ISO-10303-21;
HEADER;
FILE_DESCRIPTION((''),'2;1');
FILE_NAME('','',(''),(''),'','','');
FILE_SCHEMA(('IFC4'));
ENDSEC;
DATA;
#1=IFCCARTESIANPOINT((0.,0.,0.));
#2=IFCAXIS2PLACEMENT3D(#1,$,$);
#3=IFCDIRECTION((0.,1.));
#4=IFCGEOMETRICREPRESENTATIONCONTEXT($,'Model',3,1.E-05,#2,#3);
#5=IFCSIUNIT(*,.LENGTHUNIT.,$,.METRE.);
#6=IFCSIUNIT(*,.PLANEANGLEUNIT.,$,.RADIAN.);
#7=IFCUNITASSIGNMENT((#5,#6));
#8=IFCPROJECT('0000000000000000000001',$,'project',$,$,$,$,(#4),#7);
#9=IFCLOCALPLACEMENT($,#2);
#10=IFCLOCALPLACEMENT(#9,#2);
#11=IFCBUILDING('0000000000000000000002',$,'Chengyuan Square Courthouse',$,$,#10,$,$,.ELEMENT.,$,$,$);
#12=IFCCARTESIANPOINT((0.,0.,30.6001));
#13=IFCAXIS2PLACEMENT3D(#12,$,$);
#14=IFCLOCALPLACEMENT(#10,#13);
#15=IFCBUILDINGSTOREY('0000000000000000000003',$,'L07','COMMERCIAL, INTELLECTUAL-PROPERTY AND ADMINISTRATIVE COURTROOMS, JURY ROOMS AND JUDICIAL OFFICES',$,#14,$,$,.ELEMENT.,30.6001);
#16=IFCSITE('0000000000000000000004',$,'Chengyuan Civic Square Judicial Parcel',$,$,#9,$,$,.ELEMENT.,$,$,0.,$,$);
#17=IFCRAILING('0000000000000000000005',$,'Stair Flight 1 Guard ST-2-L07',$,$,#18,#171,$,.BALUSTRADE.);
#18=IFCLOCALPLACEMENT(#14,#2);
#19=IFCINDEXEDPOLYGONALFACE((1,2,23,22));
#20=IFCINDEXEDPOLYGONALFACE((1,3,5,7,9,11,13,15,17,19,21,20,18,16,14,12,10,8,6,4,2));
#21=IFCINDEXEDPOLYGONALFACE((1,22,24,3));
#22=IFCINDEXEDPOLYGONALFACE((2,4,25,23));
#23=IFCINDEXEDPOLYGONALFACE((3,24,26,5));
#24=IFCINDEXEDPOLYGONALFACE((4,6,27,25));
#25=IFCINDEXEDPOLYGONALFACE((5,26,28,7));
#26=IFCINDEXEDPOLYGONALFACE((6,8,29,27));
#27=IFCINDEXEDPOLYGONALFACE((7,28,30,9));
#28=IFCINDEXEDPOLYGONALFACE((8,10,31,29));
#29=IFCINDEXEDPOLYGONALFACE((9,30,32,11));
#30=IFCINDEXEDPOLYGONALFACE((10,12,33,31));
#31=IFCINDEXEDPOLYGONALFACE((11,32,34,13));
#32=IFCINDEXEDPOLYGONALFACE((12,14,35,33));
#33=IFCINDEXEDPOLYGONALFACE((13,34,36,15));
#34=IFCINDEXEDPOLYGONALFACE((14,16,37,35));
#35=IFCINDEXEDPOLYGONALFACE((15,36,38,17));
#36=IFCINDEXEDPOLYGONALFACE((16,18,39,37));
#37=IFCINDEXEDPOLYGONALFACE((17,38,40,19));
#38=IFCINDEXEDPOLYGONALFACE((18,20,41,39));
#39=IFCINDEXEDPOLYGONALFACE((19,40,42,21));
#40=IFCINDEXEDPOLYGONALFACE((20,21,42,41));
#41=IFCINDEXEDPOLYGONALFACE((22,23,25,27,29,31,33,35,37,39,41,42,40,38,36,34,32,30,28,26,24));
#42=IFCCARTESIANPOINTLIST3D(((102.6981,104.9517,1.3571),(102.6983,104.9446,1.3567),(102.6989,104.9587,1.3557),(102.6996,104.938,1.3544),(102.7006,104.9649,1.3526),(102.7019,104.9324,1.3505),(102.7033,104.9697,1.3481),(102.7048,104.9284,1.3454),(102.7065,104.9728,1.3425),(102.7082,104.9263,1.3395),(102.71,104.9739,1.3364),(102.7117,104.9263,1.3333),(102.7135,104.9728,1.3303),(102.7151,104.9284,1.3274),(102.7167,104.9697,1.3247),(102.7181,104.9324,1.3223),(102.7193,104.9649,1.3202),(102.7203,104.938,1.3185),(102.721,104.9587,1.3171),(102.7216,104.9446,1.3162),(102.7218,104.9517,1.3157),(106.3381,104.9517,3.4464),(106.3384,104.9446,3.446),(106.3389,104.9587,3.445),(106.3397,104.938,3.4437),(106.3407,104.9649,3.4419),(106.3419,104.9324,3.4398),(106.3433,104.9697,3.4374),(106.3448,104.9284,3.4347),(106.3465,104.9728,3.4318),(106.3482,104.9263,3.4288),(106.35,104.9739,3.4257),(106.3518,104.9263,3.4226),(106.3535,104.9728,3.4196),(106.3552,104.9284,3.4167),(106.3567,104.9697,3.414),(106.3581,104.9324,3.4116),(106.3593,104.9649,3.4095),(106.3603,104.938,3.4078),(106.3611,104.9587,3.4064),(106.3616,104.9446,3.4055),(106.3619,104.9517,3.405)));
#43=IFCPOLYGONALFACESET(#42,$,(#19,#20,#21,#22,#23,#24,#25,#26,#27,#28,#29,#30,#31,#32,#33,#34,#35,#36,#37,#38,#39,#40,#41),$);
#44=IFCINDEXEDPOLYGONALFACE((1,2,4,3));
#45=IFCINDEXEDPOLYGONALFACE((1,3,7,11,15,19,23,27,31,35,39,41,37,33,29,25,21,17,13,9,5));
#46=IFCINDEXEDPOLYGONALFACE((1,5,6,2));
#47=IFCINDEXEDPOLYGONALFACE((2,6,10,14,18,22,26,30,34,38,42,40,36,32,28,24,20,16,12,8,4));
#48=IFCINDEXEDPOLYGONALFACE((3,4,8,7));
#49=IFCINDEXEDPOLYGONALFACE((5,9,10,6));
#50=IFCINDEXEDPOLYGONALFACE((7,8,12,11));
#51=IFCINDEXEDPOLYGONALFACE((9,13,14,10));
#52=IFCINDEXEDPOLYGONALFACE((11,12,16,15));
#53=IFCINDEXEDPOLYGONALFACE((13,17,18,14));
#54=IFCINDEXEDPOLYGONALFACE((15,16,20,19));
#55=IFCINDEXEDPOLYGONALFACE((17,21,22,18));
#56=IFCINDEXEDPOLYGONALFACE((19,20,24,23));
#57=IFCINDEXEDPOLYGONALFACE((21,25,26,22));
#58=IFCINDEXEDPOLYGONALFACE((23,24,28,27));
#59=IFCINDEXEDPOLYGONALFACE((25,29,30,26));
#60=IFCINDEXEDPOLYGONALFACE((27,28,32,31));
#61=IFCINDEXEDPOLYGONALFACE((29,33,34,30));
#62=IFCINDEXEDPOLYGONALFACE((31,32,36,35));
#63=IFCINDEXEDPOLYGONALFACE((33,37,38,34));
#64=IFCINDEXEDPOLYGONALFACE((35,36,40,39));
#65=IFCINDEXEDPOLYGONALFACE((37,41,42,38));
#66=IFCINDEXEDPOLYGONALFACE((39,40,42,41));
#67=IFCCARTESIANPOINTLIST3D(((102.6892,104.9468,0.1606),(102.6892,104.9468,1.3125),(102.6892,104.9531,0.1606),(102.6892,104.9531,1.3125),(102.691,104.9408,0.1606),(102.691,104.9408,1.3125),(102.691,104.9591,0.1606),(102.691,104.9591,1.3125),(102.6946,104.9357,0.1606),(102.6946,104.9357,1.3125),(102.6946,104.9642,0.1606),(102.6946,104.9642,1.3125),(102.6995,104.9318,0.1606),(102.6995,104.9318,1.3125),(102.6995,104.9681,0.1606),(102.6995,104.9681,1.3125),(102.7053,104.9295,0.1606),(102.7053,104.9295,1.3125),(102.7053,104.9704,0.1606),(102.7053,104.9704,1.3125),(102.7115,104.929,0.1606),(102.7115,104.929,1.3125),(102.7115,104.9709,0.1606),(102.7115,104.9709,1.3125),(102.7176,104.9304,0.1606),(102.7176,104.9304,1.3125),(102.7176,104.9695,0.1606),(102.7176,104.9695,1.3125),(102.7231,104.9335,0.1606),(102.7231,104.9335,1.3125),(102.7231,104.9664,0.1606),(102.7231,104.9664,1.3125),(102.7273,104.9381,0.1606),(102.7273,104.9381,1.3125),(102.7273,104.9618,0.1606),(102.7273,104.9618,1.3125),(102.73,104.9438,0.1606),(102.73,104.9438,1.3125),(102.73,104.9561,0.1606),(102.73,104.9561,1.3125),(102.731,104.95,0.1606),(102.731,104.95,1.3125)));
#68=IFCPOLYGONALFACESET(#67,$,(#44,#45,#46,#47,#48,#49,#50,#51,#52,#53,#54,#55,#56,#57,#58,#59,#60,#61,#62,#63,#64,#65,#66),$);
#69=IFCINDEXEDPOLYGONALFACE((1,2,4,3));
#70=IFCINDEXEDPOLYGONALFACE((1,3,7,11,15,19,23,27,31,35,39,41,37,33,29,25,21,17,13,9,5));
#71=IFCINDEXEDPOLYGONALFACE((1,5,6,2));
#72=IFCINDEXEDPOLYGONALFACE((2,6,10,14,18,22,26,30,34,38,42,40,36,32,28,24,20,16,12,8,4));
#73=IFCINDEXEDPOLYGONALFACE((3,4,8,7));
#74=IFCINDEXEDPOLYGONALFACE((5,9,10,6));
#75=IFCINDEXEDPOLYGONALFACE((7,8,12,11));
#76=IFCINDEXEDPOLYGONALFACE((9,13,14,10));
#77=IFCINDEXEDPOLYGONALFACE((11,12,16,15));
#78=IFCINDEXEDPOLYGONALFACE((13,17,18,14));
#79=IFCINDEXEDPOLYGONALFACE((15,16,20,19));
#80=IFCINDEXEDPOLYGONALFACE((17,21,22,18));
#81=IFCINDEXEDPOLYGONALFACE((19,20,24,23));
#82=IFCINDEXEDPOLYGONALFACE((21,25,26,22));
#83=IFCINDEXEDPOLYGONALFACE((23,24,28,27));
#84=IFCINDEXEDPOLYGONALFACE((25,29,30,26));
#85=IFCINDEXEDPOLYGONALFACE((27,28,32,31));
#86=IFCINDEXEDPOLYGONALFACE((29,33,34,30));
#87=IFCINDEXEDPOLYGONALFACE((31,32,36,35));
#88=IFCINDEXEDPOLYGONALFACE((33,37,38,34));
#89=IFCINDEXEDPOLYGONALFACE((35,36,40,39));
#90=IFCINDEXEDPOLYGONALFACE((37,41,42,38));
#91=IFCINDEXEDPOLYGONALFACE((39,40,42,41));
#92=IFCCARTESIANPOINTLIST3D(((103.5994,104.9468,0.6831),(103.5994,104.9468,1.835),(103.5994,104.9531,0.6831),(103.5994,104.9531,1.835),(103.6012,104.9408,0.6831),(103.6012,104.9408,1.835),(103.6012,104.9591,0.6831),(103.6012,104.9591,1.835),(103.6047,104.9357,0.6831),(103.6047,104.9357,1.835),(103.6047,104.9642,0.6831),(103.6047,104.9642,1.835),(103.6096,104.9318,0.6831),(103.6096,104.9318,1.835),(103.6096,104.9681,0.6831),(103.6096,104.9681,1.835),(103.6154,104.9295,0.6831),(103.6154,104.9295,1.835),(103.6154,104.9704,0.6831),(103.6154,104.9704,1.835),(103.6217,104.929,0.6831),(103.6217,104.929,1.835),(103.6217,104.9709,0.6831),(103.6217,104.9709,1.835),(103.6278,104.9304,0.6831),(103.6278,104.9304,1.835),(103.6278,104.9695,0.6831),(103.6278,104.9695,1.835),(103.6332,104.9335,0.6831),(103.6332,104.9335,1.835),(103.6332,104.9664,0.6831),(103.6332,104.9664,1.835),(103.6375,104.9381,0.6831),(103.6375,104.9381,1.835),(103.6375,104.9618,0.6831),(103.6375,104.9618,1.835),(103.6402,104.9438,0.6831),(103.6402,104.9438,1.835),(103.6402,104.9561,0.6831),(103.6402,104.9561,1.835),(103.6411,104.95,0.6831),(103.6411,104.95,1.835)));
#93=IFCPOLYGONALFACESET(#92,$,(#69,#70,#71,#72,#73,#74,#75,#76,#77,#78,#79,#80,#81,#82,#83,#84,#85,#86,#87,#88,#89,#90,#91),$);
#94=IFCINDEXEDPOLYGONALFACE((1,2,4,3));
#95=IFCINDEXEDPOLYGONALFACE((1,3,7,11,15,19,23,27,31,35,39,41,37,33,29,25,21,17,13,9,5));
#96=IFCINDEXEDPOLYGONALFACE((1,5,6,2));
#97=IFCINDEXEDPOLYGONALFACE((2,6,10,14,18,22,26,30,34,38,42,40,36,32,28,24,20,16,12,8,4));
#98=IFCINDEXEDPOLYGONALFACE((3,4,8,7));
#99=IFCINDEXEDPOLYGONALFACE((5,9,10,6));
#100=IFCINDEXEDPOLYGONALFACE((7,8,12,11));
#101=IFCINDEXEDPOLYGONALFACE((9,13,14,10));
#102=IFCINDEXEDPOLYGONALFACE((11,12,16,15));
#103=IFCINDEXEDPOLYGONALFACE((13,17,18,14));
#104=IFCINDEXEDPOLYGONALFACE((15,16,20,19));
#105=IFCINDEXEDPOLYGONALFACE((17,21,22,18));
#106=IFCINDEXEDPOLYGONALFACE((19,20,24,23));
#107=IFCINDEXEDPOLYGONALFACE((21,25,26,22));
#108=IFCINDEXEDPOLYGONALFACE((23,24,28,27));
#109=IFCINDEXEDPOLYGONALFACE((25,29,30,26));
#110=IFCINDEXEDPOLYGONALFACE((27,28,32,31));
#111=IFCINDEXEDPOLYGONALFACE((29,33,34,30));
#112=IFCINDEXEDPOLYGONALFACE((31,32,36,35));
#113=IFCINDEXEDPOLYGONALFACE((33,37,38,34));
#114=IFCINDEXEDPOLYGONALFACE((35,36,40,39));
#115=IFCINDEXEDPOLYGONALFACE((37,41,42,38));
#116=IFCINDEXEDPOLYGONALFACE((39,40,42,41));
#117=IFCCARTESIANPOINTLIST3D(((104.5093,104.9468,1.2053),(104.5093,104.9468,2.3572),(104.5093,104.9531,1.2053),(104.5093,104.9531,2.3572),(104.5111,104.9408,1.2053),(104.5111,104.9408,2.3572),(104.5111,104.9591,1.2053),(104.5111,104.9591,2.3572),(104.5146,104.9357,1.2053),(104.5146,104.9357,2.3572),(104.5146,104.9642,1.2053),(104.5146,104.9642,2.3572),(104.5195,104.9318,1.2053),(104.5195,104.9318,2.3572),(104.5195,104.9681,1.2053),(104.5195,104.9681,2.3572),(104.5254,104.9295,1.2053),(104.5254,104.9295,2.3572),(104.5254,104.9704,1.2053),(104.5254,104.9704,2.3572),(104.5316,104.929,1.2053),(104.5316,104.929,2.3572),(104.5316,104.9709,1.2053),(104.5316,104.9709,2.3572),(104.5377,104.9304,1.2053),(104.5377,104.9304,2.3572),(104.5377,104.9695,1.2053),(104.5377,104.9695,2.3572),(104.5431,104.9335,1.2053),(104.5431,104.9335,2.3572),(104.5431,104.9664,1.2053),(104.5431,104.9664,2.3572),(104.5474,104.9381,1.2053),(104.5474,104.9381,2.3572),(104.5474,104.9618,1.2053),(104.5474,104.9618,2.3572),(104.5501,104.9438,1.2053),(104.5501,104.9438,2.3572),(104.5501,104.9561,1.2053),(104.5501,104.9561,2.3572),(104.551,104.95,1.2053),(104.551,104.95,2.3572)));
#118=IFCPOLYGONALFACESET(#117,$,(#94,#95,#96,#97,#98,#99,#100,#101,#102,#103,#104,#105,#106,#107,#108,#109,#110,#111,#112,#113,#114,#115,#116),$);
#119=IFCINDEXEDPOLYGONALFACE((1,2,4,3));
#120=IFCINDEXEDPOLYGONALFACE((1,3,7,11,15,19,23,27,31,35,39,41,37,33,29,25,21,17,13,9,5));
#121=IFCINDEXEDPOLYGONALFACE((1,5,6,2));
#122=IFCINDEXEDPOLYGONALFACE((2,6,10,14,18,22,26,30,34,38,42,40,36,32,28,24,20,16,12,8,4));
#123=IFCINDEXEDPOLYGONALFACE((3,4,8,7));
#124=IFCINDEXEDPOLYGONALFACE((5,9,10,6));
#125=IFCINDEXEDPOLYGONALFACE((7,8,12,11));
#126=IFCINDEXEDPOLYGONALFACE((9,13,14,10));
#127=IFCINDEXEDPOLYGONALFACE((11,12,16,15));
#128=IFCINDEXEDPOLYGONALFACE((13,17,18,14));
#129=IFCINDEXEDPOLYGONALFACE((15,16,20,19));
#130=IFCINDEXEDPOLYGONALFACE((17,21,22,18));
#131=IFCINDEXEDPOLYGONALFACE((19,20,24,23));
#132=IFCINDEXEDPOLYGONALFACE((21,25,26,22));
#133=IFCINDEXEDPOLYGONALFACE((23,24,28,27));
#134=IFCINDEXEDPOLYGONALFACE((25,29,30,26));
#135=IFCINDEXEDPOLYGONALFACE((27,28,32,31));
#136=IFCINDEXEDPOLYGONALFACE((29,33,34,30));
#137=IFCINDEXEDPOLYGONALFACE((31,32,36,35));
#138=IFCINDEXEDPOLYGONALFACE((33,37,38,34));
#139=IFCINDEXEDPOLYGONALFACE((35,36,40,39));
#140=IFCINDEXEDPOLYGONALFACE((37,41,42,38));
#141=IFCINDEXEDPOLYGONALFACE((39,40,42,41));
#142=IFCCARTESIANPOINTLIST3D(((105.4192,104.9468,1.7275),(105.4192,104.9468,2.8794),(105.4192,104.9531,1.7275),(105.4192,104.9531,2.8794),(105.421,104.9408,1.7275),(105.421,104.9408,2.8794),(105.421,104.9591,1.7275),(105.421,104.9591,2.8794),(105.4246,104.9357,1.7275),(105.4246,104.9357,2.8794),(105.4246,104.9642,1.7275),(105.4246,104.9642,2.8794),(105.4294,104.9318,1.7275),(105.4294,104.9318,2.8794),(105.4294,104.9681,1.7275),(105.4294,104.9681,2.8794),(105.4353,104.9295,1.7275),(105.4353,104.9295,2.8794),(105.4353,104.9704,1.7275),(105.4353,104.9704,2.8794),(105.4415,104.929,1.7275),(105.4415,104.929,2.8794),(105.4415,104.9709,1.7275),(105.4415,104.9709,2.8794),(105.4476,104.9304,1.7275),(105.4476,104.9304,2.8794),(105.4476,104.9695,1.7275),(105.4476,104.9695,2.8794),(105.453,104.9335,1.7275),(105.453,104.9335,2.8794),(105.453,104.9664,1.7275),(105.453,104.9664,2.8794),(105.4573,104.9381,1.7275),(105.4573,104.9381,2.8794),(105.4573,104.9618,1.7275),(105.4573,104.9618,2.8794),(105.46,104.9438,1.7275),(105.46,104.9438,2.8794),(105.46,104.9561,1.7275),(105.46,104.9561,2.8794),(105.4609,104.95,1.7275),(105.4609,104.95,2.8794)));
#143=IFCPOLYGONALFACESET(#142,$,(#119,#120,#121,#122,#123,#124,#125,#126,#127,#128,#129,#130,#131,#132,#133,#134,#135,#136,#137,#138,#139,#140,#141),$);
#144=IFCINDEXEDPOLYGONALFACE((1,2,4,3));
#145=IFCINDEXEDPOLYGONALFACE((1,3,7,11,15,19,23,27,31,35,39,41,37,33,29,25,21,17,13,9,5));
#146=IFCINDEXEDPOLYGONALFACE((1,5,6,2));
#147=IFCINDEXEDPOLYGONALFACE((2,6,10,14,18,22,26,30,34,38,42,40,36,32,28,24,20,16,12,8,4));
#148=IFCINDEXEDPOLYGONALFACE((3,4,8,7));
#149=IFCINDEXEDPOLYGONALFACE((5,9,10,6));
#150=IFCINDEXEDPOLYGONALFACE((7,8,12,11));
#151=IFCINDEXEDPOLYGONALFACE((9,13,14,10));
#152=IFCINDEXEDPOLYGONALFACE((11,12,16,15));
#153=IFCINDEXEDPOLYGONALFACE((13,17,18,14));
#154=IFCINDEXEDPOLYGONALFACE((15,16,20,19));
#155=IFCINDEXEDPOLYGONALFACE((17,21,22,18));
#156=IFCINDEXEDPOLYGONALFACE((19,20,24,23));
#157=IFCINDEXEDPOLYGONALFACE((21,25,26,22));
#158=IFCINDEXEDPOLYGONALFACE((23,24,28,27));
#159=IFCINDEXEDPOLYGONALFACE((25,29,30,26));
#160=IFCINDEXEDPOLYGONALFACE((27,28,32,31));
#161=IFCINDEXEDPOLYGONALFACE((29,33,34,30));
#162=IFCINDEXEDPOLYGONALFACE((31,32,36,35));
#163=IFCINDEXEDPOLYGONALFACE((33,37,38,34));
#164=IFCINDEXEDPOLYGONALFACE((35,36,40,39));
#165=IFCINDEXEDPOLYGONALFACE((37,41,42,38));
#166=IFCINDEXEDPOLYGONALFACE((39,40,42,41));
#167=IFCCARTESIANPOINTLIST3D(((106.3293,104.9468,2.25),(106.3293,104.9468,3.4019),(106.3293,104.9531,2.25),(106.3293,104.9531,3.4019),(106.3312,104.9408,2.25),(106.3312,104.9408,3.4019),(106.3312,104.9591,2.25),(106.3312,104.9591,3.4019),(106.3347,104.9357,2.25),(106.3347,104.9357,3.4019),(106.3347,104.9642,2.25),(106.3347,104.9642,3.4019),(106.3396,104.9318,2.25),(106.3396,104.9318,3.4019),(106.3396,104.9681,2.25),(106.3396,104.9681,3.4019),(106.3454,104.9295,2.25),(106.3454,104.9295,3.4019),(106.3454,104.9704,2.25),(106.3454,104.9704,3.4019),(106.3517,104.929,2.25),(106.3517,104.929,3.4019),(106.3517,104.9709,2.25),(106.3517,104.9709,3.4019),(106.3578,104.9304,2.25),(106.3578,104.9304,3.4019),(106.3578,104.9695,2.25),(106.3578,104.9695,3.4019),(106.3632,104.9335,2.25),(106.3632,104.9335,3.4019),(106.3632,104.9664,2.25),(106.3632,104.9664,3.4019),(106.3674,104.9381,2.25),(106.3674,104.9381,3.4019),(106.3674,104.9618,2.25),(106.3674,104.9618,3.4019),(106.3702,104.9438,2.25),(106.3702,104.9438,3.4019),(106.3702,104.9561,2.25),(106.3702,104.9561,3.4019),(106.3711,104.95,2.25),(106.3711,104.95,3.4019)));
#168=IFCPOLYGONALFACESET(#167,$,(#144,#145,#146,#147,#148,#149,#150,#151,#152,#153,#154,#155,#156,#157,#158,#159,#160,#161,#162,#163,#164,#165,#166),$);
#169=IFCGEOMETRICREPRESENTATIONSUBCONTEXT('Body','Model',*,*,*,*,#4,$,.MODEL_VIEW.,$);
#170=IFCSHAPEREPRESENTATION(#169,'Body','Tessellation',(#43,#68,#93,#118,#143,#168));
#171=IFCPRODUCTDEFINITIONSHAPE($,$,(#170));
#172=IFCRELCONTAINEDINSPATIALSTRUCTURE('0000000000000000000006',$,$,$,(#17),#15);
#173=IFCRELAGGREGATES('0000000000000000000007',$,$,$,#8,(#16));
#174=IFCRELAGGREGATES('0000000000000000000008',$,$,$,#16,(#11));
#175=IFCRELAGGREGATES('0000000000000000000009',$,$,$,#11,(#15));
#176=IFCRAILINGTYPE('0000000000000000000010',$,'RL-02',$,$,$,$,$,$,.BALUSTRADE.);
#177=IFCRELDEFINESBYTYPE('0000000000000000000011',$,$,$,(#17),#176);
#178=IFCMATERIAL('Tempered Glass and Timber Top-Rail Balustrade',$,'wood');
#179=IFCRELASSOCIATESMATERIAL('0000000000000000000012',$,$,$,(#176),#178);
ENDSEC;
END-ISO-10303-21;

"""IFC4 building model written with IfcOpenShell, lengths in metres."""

from ifc_helpers import new_model, si_unit, direction, frame, origin, origin_2d, place, context, subcontext, project, spatial, circle, extrude, material, type_object, element, save


model = new_model("IFC4")

# Units and contexts
model_context = context("Model", 3, precision=1e-05, world=origin(), true_north=direction((0.0, 1.0)))
body_context = subcontext(model_context, "Body", "Model", "MODEL_VIEW")
ifc_project = project(units=[si_unit("LENGTHUNIT", "METRE"), si_unit("PLANEANGLEUNIT", "RADIAN")], contexts=[model_context])

# Site, building, storey
site_placement = place(None, origin())
site = spatial("IfcSite", under=ifc_project, at=site_placement, Name="Chengyuan Civic Square Judicial Parcel", CompositionType="ELEMENT", RefElevation=0.0)
building_placement = place(site_placement, origin())
building = spatial("IfcBuilding", under=site, at=building_placement, Name="Chengyuan Square Courthouse", CompositionType="ELEMENT")
storey_placement = place(building_placement, frame((0.0, 0.0, 30.6001)))
storey = spatial("IfcBuildingStorey", under=building, at=storey_placement, Name="L07", Description="COMMERCIAL, INTELLECTUAL-PROPERTY AND ADMINISTRATIVE COURTROOMS, JURY ROOMS AND JUDICIAL OFFICES", CompositionType="ELEMENT", Elevation=30.6001)

# Railing
ifc_material_1 = material(Name="Tempered Glass and Timber Top-Rail Balustrade", Category="wood")
railing_type_1 = type_object("IfcRailingType", Name="RL-02", PredefinedType="BALUSTRADE", material=ifc_material_1)
railing_1_placement = place(storey_placement, frame((102.71, 104.95, 0.1606)))
element("IfcRailing", 1, at=railing_1_placement, inside=storey, type_object=railing_type_1, Name="Stair Flight 1 Guard ST-2-L07", PredefinedType="BALUSTRADE", context=body_context, shape_type="SweptSolid", body=[
    extrude(circle(Radius=0.0239, at=origin_2d()), frame((0.0, 0.0, 1.1758), z_axis=(0.867289, 0.0, 0.497804), x_axis=(0.0, 1.0, 0.0)), (0.0, 0.0, 1.0), 4.197),
    extrude(circle(Radius=0.021, at=origin_2d()), origin(), (0.0, 0.0, 1.0), 1.1519),
    extrude(circle(Radius=0.021, at=origin_2d()), frame((0.9102, 0.0, 0.5225)), (0.0, 0.0, 1.0), 1.1519),
    extrude(circle(Radius=0.021, at=origin_2d()), frame((1.8201, 0.0, 1.0447)), (0.0, 0.0, 1.0), 1.1519),
    extrude(circle(Radius=0.021, at=origin_2d()), frame((2.73, 0.0, 1.5669)), (0.0, 0.0, 1.0), 1.1519),
    extrude(circle(Radius=0.021, at=origin_2d()), frame((3.6401, 0.0, 2.0894)), (0.0, 0.0, 1.0), 1.1519),
])

save(model, "model.ifc")
